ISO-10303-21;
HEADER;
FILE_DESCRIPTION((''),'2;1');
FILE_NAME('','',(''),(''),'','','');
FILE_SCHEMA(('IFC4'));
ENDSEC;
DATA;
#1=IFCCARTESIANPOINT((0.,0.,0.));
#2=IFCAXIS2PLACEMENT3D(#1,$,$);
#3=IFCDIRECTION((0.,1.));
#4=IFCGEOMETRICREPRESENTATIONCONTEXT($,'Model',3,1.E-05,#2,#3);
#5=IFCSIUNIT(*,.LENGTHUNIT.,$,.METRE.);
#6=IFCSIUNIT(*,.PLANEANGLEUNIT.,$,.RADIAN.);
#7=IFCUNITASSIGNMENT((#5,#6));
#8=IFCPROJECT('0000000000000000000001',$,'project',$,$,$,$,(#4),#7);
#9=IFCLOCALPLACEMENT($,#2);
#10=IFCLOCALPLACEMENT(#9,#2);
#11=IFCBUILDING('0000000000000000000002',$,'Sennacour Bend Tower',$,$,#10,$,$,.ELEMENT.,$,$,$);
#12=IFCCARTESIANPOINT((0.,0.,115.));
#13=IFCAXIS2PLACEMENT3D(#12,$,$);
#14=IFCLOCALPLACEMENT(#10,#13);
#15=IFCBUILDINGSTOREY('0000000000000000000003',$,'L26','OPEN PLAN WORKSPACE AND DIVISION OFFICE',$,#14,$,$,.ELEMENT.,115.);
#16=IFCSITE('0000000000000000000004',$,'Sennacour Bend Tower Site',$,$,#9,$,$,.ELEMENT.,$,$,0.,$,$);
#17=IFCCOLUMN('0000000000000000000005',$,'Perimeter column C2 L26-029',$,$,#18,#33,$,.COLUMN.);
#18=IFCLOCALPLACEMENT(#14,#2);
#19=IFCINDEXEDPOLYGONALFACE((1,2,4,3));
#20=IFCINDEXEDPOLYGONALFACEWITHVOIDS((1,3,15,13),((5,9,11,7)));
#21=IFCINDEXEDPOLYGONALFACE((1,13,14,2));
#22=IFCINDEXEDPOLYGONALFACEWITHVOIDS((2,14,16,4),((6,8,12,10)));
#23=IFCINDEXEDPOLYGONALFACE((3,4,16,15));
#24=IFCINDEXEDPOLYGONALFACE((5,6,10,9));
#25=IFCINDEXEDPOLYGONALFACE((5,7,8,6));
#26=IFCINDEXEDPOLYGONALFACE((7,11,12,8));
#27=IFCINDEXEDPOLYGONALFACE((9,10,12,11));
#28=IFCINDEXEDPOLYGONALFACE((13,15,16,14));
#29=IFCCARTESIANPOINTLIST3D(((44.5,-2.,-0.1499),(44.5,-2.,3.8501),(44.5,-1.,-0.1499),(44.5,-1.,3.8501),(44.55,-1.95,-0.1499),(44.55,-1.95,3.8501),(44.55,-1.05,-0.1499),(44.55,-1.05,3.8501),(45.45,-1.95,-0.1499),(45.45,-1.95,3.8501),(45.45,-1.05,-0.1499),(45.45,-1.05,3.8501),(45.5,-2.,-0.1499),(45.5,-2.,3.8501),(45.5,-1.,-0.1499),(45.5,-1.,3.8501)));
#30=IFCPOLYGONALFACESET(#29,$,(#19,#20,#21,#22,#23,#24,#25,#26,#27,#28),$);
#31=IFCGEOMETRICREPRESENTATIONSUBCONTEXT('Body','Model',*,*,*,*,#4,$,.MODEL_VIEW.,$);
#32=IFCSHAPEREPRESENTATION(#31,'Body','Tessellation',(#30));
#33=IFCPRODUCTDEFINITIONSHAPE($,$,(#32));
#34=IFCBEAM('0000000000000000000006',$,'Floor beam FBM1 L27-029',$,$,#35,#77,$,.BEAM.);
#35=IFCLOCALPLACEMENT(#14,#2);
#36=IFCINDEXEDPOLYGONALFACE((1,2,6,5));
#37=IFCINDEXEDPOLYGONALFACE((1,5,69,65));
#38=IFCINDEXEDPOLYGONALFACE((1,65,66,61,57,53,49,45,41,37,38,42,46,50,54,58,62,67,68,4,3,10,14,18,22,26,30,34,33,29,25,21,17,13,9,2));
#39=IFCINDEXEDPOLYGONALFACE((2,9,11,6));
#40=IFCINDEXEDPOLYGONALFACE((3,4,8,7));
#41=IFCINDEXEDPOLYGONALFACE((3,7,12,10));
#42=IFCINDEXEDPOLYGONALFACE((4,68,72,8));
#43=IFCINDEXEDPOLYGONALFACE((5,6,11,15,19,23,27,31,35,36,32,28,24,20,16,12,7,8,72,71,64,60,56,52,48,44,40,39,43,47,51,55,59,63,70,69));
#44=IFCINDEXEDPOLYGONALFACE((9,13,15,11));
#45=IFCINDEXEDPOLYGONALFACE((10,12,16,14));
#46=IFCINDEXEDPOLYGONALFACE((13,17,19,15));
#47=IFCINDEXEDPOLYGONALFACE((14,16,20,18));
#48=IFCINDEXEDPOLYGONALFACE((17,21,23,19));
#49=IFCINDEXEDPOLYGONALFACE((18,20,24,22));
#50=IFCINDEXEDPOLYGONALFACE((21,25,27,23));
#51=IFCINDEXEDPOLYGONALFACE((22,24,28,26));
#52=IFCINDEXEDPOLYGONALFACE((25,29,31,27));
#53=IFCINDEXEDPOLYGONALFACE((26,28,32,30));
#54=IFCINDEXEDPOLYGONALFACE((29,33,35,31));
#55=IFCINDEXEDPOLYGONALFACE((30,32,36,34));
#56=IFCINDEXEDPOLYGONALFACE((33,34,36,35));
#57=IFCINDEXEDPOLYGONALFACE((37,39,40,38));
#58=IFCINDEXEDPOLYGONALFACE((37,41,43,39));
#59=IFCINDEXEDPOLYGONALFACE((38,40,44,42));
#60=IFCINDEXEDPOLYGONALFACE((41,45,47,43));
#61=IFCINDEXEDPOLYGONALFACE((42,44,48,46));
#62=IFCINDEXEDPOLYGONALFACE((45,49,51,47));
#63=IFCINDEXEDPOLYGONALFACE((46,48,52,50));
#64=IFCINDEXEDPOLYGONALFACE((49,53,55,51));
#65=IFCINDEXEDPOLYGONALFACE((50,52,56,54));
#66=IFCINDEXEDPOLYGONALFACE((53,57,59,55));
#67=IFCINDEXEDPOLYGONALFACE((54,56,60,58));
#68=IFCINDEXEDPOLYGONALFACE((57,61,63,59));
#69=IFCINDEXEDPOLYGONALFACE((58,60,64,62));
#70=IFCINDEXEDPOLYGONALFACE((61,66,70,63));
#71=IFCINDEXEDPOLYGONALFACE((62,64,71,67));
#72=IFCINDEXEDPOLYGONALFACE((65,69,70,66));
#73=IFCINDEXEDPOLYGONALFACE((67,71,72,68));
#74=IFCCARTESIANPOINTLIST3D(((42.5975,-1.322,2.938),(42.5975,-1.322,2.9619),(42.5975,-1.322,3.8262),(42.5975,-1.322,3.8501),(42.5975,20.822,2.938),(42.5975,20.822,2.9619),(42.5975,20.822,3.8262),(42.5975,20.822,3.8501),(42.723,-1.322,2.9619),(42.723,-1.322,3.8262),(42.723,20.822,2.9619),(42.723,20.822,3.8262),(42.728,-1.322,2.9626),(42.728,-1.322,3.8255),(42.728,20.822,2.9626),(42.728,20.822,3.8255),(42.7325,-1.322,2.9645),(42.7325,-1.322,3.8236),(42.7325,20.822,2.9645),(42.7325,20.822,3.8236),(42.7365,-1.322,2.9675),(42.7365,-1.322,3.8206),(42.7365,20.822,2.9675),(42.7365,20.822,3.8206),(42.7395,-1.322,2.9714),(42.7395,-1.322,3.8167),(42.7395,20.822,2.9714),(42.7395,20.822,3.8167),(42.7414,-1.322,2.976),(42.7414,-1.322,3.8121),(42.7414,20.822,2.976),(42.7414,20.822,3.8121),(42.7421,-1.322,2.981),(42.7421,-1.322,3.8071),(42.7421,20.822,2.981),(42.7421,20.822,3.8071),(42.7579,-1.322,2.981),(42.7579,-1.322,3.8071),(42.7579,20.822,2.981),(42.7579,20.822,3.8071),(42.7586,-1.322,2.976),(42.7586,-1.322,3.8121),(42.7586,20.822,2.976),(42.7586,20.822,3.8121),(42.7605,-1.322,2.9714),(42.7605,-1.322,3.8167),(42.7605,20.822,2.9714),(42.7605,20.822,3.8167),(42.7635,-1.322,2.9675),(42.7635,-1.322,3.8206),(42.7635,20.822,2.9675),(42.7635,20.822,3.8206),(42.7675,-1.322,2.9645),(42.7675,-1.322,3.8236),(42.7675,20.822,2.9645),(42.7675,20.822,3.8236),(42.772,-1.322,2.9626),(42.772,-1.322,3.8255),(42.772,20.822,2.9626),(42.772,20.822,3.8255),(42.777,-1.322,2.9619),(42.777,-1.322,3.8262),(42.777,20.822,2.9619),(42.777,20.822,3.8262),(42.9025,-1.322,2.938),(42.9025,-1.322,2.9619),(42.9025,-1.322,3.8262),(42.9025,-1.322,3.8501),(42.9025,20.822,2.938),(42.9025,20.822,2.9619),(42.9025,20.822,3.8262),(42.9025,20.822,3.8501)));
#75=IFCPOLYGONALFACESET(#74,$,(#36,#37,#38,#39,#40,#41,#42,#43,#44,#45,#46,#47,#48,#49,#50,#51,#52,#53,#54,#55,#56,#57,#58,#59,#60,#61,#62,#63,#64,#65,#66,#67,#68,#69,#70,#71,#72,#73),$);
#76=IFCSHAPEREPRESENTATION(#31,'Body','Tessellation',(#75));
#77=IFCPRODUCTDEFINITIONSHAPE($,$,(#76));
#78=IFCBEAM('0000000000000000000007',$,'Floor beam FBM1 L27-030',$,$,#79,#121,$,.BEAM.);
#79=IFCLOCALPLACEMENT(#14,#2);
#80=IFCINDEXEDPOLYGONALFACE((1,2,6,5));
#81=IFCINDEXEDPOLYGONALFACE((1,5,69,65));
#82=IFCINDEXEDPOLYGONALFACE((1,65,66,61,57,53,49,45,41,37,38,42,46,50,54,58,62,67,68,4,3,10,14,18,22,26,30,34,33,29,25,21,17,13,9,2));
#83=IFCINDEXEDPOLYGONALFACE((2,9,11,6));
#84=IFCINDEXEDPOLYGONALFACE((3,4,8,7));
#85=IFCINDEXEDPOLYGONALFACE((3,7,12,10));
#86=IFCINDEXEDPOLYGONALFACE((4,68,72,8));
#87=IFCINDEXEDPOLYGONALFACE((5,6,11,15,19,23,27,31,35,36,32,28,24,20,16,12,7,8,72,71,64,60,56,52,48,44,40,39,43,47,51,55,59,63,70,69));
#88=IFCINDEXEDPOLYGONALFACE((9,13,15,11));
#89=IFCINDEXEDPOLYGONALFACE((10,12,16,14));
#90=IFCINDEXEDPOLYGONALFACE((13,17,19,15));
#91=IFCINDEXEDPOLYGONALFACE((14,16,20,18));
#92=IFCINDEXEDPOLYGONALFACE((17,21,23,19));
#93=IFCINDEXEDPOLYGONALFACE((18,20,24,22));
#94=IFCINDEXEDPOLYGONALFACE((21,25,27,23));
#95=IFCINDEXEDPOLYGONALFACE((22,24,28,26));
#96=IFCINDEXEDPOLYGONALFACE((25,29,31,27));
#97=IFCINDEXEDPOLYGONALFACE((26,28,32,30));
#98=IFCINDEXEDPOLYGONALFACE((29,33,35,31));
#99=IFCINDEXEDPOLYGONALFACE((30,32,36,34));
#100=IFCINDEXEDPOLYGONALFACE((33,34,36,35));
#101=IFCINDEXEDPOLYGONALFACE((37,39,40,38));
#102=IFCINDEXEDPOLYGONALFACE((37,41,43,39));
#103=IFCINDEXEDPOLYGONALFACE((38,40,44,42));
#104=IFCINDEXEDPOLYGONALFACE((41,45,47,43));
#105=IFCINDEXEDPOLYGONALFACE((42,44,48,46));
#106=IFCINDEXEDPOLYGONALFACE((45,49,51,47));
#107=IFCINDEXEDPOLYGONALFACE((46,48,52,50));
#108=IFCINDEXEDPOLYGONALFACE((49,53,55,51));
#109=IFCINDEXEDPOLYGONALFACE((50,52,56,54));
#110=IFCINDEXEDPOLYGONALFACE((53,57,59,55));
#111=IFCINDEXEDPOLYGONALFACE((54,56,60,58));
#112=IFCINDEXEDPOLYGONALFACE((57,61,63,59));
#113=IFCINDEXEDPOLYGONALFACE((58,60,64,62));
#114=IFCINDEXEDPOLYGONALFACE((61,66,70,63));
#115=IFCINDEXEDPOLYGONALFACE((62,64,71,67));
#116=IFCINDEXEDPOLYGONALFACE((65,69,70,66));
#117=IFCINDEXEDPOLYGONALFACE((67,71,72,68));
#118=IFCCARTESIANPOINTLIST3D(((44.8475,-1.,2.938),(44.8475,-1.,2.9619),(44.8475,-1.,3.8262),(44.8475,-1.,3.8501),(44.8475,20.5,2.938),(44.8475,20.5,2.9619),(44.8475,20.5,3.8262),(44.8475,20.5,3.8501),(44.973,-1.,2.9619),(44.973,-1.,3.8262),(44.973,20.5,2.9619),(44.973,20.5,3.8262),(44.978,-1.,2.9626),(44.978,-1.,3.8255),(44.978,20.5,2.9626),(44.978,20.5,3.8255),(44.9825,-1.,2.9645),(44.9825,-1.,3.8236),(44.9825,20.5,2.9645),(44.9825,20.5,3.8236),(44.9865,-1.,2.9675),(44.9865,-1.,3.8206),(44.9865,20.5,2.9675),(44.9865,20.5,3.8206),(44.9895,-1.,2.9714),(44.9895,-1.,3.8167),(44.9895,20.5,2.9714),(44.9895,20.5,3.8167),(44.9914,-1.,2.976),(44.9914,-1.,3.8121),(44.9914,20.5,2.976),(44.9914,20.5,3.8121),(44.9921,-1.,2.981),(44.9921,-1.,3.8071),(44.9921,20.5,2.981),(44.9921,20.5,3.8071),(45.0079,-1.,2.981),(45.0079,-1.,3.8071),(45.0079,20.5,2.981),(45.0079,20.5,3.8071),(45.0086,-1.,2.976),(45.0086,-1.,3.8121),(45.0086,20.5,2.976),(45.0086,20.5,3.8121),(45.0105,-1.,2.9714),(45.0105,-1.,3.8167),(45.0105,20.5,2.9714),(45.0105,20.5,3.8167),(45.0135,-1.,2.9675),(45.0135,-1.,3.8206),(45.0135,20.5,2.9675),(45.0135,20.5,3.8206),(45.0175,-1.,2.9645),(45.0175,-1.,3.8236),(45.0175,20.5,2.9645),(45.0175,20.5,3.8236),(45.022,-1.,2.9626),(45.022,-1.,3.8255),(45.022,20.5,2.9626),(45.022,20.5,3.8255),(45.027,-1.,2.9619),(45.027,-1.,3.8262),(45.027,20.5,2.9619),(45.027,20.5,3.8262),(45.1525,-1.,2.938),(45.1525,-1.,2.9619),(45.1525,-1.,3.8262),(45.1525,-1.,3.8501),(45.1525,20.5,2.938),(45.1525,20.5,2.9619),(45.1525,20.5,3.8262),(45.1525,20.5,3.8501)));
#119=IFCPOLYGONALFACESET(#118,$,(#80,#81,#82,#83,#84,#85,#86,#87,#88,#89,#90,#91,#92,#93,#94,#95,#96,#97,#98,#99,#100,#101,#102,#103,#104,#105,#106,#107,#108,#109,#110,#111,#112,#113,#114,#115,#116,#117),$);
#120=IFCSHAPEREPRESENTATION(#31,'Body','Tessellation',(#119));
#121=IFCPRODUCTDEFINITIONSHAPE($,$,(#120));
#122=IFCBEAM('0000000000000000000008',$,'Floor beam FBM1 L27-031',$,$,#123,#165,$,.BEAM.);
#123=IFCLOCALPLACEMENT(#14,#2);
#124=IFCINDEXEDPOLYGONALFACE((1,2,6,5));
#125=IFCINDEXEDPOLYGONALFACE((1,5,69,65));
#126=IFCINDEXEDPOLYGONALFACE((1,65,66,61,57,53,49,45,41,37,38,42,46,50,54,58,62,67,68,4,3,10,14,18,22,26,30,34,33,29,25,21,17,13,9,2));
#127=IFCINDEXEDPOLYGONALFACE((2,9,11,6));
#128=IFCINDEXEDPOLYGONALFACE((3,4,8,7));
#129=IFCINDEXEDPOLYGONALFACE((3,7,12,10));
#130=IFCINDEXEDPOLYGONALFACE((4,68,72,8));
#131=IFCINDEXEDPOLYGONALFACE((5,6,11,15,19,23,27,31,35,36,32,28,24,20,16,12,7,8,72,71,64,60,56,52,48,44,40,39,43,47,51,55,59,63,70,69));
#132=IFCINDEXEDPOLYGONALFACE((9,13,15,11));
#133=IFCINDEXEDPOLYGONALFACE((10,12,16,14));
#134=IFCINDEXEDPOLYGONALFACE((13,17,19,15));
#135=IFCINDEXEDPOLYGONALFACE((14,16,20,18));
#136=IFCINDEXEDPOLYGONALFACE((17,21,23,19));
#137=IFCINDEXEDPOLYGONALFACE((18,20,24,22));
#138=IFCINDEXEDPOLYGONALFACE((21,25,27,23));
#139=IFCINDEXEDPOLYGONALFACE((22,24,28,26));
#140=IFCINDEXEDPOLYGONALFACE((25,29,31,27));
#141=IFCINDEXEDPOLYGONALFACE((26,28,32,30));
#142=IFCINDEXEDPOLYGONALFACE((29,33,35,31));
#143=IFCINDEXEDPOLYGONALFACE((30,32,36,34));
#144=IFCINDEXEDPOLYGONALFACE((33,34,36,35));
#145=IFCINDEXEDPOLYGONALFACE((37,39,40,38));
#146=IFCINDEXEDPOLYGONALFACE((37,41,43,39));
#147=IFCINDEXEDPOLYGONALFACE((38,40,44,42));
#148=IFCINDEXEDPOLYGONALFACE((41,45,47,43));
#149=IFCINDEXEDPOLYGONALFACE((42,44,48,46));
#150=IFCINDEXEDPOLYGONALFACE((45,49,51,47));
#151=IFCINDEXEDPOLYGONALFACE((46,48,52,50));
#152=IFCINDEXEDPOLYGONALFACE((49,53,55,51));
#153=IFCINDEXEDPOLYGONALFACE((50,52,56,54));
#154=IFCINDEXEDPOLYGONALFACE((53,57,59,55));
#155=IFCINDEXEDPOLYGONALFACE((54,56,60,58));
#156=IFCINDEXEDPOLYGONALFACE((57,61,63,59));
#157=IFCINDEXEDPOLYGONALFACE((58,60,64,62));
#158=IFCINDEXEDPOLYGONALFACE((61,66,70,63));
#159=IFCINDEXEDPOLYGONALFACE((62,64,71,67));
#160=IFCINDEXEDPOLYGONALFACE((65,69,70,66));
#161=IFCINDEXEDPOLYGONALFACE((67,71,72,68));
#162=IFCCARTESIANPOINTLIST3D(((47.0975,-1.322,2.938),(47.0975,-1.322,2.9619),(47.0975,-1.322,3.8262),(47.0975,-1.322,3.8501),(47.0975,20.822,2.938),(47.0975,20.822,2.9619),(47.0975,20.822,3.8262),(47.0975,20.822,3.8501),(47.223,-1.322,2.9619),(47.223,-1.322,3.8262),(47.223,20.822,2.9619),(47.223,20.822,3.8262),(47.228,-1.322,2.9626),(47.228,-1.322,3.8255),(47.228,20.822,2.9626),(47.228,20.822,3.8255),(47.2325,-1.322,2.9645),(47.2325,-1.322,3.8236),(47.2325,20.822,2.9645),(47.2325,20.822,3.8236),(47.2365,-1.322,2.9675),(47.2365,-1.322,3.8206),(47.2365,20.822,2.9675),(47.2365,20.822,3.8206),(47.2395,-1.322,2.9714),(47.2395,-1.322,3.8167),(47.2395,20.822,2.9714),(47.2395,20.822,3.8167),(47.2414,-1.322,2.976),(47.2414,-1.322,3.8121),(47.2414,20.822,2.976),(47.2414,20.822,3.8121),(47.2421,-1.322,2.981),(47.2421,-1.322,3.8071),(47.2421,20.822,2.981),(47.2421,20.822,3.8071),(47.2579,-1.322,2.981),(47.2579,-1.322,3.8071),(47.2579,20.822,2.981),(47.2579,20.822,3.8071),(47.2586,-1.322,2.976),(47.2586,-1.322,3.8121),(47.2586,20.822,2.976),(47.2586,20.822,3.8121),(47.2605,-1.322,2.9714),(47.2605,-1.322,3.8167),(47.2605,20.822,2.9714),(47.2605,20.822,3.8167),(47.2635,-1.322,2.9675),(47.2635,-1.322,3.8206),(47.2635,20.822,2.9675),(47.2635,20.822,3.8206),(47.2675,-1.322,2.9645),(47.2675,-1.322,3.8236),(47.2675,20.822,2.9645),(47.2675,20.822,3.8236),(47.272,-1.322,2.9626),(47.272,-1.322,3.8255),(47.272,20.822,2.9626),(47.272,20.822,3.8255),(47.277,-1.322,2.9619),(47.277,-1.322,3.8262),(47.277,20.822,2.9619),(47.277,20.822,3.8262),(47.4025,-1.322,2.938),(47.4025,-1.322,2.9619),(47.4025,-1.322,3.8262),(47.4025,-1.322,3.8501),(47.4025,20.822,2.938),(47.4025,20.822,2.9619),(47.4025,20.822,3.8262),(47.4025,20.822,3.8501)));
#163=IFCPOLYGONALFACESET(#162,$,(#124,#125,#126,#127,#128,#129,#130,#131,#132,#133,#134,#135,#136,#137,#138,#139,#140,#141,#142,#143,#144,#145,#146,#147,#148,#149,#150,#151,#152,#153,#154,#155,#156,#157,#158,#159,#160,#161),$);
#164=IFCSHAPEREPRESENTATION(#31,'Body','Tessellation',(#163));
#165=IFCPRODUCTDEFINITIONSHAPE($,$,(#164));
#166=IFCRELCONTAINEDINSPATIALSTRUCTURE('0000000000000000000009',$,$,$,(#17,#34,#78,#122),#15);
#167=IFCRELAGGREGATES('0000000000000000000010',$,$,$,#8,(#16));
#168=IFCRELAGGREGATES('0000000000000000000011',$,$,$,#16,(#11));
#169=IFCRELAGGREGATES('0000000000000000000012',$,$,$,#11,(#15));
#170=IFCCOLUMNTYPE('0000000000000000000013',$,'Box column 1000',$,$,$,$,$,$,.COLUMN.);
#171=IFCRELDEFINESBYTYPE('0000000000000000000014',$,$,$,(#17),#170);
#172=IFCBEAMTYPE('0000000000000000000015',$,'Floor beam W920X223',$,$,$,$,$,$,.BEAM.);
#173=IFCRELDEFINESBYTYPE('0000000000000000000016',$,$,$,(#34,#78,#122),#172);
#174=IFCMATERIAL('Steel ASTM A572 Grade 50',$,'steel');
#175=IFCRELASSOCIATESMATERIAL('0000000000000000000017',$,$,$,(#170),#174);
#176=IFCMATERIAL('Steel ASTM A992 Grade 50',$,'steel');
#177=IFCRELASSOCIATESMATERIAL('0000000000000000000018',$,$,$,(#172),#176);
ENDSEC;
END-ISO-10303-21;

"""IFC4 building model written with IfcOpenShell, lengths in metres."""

from ifc_helpers import new_model, si_unit, direction, frame, origin, origin_2d, place, context, subcontext, project, spatial, hollow_rectangle, i_section, extrude, material, material_profile, profile_set, type_object, element, save


model = new_model("IFC4")

# Units and contexts
model_context = context("Model", 3, precision=1e-05, world=origin(), true_north=direction((0.0, 1.0)))
body_context = subcontext(model_context, "Body", "Model", "MODEL_VIEW")
ifc_project = project(units=[si_unit("LENGTHUNIT", "METRE"), si_unit("PLANEANGLEUNIT", "RADIAN")], contexts=[model_context])

# Site, building, storey
site_placement = place(None, origin())
site = spatial("IfcSite", under=ifc_project, at=site_placement, Name="Sennacour Bend Tower Site", CompositionType="ELEMENT", RefElevation=0.0)
building_placement = place(site_placement, origin())
building = spatial("IfcBuilding", under=site, at=building_placement, Name="Sennacour Bend Tower", CompositionType="ELEMENT")
storey_placement = place(building_placement, frame((0.0, 0.0, 115.0)))
storey = spatial("IfcBuildingStorey", under=building, at=storey_placement, Name="L26", Description="OPEN PLAN WORKSPACE AND DIVISION OFFICE", CompositionType="ELEMENT", Elevation=115.0)

# Column
ifc_material_1 = material(Name="Steel ASTM A572 Grade 50", Category="steel")
ifc_material_profile_1 = material_profile(ifc_material_1, hollow_rectangle(XDim=1.0, YDim=1.0, WallThickness=0.05, at=origin_2d()), Name="Steel ASTM A572 Grade 50", Category="steel")
ifc_profile_set_1 = profile_set([ifc_material_profile_1], Name="Steel ASTM A572 Grade 50")
column_type = type_object("IfcColumnType", Name="Box column 1000", PredefinedType="COLUMN", material=ifc_profile_set_1)
column_placement = place(storey_placement, frame((45.0, -1.5, -0.1499), z_axis=(0.0, 0.0, 1.0), x_axis=(1.0, 0.0, 0.0)))
element("IfcColumn", 1, at=column_placement, inside=storey, type_object=column_type, Name="Perimeter column C2 L26-029", PredefinedType="COLUMN", context=body_context, shape_type="SweptSolid", body=[
    extrude(hollow_rectangle(XDim=1.0, YDim=1.0, WallThickness=0.05, at=origin_2d()), origin(), (0.0, 0.0, 1.0), 4.0),
])

# Beams
ifc_material_2 = material(Name="Steel ASTM A992 Grade 50", Category="steel")
ifc_material_profile_2 = material_profile(ifc_material_2, i_section(OverallWidth=0.3049, OverallDepth=0.9121, WebThickness=0.0159, FlangeThickness=0.0239, FilletRadius=0.019, at=origin_2d()), Name="Steel ASTM A992 Grade 50", Category="steel")
ifc_profile_set_2 = profile_set([ifc_material_profile_2], Name="Steel ASTM A992 Grade 50")
beam_type_1 = type_object("IfcBeamType", Name="Floor beam W920X223", PredefinedType="BEAM", material=ifc_profile_set_2)
beam_1_placement = place(storey_placement, frame((42.75, -1.322, 3.394), z_axis=(0.0, 1.0, 0.0), x_axis=(-1.0, 0.0, 0.0)))
element("IfcBeam", 2, at=beam_1_placement, inside=storey, type_object=beam_type_1, Name="Floor beam FBM1 L27-029", PredefinedType="BEAM", context=body_context, shape_type="SweptSolid", body=[
    extrude(i_section(OverallWidth=0.3049, OverallDepth=0.9121, WebThickness=0.0159, FlangeThickness=0.0239, FilletRadius=0.019, at=origin_2d()), origin(), (0.0, 0.0, 1.0), 22.144),
])
beam_2_placement = place(storey_placement, frame((45.0, -1.0, 3.394), z_axis=(0.0, 1.0, 0.0), x_axis=(-1.0, 0.0, 0.0)))
element("IfcBeam", 3, at=beam_2_placement, inside=storey, type_object=beam_type_1, Name="Floor beam FBM1 L27-030", PredefinedType="BEAM", context=body_context, shape_type="SweptSolid", body=[
    extrude(i_section(OverallWidth=0.3049, OverallDepth=0.9121, WebThickness=0.0159, FlangeThickness=0.0239, FilletRadius=0.019, at=origin_2d()), origin(), (0.0, 0.0, 1.0), 21.5),
])
beam_3_placement = place(storey_placement, frame((47.25, -1.322, 3.394), z_axis=(0.0, 1.0, 0.0), x_axis=(-1.0, 0.0, 0.0)))
element("IfcBeam", 4, at=beam_3_placement, inside=storey, type_object=beam_type_1, Name="Floor beam FBM1 L27-031", PredefinedType="BEAM", context=body_context, shape_type="SweptSolid", body=[
    extrude(i_section(OverallWidth=0.3049, OverallDepth=0.9121, WebThickness=0.0159, FlangeThickness=0.0239, FilletRadius=0.019, at=origin_2d()), origin(), (0.0, 0.0, 1.0), 22.144),
])

save(model, "model.ifc")
